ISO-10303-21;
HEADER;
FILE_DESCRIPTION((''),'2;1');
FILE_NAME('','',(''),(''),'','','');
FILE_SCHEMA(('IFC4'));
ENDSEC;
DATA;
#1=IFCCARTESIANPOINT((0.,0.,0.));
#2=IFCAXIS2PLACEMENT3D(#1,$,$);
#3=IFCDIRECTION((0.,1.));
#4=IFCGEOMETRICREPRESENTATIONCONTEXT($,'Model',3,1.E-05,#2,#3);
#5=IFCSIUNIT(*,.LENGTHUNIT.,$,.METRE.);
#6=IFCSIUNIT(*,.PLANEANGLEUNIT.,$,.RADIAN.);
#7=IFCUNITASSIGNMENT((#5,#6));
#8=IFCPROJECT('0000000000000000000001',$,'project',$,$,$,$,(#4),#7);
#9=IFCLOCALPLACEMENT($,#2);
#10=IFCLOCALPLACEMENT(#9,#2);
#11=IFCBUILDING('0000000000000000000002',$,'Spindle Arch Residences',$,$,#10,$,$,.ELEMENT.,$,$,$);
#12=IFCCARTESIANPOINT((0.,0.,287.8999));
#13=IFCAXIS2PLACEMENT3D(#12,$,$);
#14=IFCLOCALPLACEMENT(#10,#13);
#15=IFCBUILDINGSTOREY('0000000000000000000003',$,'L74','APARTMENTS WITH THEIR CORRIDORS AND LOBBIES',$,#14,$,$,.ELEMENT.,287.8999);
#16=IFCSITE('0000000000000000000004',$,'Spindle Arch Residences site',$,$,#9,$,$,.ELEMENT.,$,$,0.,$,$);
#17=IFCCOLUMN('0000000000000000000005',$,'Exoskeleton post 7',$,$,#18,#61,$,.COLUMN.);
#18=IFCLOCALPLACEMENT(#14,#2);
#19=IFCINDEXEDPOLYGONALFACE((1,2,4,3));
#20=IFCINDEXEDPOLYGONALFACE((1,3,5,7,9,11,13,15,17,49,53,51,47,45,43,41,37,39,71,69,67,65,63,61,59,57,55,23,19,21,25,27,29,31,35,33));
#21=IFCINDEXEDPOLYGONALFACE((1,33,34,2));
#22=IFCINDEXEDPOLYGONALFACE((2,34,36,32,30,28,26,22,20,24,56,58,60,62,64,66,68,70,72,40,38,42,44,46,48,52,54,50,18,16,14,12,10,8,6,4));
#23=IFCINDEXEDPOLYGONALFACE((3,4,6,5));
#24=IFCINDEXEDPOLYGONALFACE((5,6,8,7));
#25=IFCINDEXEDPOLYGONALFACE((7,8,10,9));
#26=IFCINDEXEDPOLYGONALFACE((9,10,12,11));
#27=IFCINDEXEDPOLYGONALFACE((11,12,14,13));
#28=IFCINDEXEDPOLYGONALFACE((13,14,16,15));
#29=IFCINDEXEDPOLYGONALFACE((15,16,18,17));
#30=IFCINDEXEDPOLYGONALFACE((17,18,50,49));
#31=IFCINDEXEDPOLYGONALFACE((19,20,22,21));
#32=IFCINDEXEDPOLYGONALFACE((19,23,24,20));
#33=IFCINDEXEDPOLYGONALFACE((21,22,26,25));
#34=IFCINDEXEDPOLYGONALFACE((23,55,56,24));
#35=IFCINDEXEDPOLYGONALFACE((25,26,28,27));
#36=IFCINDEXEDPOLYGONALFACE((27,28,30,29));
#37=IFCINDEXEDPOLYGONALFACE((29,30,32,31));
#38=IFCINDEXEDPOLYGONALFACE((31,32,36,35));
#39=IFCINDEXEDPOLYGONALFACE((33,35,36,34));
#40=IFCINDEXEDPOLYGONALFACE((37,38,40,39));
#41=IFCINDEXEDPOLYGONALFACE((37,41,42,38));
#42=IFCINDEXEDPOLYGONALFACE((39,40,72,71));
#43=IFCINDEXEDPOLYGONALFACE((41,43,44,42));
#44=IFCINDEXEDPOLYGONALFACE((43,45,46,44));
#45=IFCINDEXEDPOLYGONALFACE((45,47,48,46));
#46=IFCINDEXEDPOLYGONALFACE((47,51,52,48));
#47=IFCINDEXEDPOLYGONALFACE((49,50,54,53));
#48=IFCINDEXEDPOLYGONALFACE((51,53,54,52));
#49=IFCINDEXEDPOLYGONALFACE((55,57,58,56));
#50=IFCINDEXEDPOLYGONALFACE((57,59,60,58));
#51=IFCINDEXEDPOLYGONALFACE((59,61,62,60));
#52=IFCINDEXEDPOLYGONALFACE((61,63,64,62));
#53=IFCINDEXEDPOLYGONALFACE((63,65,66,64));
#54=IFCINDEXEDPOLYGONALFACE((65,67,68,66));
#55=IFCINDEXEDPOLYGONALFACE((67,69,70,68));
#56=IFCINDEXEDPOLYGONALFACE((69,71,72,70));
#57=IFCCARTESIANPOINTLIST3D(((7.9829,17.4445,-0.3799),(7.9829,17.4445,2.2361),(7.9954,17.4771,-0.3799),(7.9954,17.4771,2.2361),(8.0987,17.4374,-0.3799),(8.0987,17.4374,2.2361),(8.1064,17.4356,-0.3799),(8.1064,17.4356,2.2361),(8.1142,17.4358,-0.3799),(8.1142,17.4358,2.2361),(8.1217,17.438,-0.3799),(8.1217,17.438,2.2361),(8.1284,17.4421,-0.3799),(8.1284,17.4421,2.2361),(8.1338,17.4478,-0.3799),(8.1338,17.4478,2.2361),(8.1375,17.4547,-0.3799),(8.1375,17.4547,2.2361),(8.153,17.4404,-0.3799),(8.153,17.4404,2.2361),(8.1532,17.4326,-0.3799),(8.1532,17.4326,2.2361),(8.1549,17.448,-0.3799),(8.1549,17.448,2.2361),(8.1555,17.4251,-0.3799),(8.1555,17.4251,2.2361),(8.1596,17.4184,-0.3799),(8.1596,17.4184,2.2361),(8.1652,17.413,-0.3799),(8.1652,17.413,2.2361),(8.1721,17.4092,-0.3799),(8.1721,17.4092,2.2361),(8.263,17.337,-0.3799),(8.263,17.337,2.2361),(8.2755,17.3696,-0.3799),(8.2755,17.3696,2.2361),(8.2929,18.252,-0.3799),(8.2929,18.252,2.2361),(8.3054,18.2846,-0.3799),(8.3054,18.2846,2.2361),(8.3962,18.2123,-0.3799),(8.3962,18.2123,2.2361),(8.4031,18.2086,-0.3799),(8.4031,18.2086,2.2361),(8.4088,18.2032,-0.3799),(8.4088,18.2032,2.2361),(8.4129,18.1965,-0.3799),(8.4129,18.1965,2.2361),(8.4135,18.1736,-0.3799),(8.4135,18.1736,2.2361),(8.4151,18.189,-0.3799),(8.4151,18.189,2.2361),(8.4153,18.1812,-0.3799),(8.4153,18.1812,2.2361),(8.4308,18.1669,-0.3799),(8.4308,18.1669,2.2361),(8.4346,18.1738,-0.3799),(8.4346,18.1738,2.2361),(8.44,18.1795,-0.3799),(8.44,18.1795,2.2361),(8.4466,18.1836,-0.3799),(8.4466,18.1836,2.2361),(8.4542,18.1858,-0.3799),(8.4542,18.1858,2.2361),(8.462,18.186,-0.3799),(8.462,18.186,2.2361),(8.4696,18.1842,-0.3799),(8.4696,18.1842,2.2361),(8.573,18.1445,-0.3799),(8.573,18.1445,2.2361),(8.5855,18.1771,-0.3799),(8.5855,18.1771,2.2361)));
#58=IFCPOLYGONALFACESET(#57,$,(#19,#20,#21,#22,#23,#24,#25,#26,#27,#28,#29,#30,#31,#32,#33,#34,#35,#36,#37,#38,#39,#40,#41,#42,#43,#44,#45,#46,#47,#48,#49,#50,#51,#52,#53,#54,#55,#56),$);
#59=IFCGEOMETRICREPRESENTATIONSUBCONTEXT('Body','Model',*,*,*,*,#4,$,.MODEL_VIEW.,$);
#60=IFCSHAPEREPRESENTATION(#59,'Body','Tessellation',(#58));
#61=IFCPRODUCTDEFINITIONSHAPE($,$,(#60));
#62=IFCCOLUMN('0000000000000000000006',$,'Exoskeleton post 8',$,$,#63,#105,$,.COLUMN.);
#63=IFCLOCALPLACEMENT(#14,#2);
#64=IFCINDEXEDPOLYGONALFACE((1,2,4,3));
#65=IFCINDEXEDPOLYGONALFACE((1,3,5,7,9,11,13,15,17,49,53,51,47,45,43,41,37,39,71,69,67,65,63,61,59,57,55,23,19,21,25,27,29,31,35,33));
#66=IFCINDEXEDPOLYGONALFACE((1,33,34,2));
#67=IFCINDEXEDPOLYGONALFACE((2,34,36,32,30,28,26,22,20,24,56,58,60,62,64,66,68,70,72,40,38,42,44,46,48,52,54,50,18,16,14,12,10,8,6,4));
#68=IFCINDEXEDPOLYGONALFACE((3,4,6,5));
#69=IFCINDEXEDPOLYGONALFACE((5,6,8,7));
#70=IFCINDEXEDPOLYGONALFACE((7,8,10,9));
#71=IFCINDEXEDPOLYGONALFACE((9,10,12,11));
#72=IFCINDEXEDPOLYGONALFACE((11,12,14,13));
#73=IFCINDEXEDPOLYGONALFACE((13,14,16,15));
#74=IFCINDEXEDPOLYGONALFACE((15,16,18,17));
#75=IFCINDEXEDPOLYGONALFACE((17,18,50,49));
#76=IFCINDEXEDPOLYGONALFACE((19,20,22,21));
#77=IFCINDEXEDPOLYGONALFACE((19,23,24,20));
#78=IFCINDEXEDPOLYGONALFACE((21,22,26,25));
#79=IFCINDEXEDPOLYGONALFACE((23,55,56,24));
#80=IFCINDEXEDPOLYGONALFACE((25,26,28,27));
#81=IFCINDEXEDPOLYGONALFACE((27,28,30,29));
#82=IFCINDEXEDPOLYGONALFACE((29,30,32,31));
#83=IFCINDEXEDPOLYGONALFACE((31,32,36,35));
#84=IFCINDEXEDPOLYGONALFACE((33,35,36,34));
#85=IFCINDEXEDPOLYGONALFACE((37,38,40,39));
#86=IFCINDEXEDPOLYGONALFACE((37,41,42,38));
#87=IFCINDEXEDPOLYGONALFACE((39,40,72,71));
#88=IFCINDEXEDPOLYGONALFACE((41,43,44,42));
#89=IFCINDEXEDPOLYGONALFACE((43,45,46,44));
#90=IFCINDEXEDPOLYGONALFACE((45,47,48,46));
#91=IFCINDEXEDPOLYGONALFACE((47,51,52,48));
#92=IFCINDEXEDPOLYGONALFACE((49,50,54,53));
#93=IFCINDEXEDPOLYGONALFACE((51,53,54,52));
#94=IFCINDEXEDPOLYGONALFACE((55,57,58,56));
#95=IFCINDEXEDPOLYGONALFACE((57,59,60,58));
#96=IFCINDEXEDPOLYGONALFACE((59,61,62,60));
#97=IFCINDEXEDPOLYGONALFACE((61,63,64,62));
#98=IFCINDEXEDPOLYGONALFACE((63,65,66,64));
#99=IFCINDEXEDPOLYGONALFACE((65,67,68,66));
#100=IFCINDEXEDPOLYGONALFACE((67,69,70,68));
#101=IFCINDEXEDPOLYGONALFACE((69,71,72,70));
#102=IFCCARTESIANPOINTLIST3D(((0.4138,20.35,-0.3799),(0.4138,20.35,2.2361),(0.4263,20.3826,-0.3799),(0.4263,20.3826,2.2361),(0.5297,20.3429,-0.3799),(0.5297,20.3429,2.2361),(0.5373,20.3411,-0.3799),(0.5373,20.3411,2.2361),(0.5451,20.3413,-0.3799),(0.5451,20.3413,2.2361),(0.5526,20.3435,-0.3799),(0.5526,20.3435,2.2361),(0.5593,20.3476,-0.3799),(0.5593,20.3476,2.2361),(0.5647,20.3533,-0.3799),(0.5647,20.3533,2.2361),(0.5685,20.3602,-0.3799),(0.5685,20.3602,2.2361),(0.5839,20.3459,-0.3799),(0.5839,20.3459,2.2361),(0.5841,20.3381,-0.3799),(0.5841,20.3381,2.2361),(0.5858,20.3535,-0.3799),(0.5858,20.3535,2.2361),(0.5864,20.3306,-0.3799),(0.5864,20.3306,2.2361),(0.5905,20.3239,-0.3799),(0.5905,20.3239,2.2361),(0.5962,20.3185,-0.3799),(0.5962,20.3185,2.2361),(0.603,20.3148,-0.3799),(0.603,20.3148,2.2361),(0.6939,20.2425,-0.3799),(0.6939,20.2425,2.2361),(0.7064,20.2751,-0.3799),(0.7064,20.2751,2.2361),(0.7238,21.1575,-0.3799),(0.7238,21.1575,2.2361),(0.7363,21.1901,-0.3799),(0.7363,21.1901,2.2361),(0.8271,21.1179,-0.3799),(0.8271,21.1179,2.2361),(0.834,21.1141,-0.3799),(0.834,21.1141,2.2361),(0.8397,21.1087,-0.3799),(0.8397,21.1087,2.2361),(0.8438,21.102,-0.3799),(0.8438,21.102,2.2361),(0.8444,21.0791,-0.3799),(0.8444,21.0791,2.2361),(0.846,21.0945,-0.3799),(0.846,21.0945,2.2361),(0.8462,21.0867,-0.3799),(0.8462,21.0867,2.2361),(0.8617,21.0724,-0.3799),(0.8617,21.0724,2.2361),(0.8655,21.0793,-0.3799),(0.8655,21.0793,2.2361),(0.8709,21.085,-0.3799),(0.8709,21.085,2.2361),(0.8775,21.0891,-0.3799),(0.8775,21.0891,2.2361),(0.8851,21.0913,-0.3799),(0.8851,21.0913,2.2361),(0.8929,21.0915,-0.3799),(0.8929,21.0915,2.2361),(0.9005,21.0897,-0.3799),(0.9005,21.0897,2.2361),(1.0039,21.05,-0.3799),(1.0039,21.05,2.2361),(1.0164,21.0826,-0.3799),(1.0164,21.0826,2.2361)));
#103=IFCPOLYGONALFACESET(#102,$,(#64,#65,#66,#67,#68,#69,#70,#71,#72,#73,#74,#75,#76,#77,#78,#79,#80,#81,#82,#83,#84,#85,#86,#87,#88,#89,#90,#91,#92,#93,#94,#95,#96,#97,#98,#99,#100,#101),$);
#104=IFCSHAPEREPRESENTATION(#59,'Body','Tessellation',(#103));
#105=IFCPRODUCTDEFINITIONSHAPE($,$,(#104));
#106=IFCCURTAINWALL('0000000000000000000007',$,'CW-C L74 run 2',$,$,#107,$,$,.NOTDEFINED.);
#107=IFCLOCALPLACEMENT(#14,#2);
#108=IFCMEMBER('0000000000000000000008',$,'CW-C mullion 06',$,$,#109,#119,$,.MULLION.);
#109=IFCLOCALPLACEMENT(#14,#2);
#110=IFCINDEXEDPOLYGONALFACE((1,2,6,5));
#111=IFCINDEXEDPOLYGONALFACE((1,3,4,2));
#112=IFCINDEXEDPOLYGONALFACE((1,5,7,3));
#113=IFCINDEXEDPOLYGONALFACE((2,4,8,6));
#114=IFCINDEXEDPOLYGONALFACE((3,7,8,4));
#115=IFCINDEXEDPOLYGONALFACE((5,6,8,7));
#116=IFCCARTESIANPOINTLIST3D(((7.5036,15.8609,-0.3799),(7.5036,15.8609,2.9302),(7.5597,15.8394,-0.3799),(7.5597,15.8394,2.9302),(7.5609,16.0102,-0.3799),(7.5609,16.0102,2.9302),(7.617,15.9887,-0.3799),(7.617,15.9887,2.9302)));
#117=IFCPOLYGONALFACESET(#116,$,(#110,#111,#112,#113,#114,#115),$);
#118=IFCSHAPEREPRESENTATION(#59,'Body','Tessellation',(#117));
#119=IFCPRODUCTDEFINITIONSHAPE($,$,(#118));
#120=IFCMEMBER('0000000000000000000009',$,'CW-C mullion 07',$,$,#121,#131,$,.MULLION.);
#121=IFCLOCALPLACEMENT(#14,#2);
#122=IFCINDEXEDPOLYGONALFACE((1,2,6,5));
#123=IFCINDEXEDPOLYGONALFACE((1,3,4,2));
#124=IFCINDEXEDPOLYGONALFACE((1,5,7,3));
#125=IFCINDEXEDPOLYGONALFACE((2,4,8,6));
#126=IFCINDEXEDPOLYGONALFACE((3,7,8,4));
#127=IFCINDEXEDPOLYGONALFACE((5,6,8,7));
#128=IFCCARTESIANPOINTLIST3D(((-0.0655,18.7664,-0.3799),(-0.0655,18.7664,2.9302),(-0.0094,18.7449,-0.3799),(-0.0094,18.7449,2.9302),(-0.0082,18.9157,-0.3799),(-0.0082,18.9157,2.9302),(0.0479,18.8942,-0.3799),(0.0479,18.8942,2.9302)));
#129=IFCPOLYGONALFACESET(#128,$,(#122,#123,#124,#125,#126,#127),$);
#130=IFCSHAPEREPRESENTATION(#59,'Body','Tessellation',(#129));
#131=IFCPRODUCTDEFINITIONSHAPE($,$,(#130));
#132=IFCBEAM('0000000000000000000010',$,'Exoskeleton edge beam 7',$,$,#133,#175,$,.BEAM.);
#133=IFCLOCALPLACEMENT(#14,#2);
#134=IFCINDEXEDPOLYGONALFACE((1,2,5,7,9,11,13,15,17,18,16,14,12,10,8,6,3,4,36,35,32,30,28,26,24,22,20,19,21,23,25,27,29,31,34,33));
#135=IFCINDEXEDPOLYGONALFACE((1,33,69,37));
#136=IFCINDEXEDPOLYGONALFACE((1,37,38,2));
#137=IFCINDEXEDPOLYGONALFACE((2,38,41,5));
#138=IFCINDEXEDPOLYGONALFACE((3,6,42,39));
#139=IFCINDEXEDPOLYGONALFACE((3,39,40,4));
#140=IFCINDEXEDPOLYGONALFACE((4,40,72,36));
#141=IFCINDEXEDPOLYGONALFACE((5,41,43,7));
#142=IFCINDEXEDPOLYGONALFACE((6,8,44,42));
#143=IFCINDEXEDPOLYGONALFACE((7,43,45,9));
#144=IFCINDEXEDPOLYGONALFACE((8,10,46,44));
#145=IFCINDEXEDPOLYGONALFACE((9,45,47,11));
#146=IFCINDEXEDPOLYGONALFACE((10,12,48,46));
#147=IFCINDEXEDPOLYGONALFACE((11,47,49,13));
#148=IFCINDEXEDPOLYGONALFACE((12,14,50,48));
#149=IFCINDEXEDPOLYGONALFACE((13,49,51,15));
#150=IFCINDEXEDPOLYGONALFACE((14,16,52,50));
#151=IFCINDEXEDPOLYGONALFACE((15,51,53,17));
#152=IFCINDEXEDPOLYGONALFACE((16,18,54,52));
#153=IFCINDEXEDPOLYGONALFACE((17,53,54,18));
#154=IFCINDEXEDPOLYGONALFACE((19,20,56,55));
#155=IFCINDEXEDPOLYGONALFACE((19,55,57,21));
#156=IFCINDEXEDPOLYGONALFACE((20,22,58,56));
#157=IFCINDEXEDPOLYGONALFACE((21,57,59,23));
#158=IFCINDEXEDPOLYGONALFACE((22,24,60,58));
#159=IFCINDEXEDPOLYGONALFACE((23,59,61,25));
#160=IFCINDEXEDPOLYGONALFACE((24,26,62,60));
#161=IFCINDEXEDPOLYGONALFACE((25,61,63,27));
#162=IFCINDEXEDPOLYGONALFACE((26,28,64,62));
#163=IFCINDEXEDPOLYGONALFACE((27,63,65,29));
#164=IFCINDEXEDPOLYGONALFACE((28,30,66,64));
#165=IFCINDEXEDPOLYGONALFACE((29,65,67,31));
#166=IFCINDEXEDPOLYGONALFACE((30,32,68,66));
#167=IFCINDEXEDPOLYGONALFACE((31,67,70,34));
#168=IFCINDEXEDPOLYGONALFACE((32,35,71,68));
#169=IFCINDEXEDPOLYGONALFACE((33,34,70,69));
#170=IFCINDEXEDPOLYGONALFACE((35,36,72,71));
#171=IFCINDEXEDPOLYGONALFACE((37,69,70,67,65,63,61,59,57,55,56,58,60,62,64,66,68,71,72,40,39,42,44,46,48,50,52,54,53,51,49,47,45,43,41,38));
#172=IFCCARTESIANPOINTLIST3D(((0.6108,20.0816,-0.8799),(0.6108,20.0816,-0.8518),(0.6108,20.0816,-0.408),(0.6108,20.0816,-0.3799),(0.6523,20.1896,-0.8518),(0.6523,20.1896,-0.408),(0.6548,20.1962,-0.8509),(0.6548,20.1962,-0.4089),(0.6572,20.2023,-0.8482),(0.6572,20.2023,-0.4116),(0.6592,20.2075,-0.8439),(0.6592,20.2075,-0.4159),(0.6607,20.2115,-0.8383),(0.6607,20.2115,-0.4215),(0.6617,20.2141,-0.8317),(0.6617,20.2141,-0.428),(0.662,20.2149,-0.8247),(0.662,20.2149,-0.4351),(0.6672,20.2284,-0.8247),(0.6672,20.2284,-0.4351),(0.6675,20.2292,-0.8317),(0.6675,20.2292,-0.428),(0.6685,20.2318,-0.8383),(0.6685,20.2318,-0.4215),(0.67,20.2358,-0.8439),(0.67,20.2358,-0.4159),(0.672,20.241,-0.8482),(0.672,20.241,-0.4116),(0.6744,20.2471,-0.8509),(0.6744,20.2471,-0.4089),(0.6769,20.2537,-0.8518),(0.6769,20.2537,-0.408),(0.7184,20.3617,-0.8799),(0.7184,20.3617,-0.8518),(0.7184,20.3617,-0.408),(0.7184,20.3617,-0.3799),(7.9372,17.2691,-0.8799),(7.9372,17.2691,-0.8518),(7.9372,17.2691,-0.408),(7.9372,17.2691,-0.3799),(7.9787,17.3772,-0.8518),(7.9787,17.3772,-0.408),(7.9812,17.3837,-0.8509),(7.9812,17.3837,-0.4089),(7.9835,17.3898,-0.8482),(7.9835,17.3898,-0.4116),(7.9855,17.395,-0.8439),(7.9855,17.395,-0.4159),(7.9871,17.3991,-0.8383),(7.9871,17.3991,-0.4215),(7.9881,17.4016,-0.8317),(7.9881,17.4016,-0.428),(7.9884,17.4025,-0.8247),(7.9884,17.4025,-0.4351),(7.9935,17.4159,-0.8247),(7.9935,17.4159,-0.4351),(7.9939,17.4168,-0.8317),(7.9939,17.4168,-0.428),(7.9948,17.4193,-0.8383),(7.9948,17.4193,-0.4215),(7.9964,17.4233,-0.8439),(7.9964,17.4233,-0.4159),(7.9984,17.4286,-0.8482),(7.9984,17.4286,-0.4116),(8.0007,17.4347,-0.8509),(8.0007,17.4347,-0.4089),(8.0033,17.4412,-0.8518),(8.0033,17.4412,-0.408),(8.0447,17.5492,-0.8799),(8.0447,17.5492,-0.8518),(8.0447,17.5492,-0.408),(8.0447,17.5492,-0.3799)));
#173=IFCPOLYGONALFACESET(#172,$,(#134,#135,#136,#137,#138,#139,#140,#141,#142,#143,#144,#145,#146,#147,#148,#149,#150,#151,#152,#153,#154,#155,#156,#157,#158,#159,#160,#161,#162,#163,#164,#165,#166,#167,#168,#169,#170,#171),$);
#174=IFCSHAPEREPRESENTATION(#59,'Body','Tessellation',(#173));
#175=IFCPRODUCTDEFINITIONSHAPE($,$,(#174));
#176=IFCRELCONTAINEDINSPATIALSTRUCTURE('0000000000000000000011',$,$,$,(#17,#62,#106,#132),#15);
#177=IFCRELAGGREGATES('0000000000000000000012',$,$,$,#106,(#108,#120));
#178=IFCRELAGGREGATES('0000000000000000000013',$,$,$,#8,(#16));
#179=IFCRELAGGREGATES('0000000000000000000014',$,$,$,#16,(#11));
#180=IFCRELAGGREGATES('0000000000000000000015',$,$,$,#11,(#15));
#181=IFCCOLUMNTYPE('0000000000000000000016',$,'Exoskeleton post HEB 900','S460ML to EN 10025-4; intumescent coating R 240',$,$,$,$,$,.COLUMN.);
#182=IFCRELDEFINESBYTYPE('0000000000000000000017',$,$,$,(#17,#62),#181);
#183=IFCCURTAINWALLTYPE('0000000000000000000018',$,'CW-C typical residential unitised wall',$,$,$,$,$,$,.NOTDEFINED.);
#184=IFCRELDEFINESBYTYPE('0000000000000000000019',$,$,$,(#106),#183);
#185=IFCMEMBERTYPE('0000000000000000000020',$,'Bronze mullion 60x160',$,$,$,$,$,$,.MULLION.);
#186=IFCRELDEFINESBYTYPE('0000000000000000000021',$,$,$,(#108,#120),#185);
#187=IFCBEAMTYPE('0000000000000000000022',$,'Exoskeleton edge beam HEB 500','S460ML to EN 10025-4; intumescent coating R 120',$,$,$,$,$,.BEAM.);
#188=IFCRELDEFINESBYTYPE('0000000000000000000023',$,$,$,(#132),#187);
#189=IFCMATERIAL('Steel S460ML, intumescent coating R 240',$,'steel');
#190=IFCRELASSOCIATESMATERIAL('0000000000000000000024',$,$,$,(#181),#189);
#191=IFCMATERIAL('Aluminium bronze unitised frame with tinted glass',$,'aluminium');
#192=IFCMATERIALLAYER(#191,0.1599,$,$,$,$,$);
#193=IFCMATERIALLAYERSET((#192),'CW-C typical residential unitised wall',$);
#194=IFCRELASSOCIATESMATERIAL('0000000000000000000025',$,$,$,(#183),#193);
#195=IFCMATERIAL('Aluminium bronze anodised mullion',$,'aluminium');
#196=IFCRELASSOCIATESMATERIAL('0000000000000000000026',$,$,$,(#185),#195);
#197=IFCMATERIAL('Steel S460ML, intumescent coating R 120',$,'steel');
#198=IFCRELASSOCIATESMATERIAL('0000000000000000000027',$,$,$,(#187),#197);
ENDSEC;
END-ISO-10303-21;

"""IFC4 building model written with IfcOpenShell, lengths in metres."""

from ifc_helpers import new_model, si_unit, direction, frame, origin, origin_2d, place, context, subcontext, project, spatial, rectangle, i_section, extrude, material, layer, layer_set, material_profile, profile_set, type_object, element, aggregate, save


model = new_model("IFC4")

# Units and contexts
model_context = context("Model", 3, precision=1e-05, world=origin(), true_north=direction((0.0, 1.0)))
body_context = subcontext(model_context, "Body", "Model", "MODEL_VIEW")
ifc_project = project(units=[si_unit("LENGTHUNIT", "METRE"), si_unit("PLANEANGLEUNIT", "RADIAN")], contexts=[model_context])

# Site, building, storey
site_placement = place(None, origin())
site = spatial("IfcSite", under=ifc_project, at=site_placement, Name="Spindle Arch Residences site", CompositionType="ELEMENT", RefElevation=0.0)
building_placement = place(site_placement, origin())
building = spatial("IfcBuilding", under=site, at=building_placement, Name="Spindle Arch Residences", CompositionType="ELEMENT")
storey_placement = place(building_placement, frame((0.0, 0.0, 287.8999)))
storey = spatial("IfcBuildingStorey", under=building, at=storey_placement, Name="L74", Description="APARTMENTS WITH THEIR CORRIDORS AND LOBBIES", CompositionType="ELEMENT", Elevation=287.8999)

# Columns
ifc_material_1 = material(Name="Steel S460ML, intumescent coating R 240", Category="steel")
ifc_material_profile_1 = material_profile(ifc_material_1, i_section(OverallWidth=0.3, OverallDepth=0.8999, WebThickness=0.0186, FlangeThickness=0.0349, FilletRadius=0.03, at=origin_2d()), Name="HEB 900")
ifc_profile_set_1 = profile_set([ifc_material_profile_1], Name="Steel S460ML, intumescent coating R 240")
column_type = type_object("IfcColumnType", Name="Exoskeleton post HEB 900", Description="S460ML to EN 10025-4; intumescent coating R 240", PredefinedType="COLUMN", material=ifc_profile_set_1)
for number, where, z_axis, x_axis, name in (
    (1, (8.2842, 17.8108, -0.3799), (0.0, 0.0, 1.0), (0.93358, -0.358368, 0.0), "Exoskeleton post 7"),
    (2, (0.7151, 20.7163, -0.3799), (0.0, 0.0, 1.0), (0.93358, -0.358368, 0.0), "Exoskeleton post 8"),
):
    element("IfcColumn", number, at=place(storey_placement, frame(where, z_axis=z_axis, x_axis=x_axis)), inside=storey, type_object=column_type, Name=name, PredefinedType="COLUMN", context=body_context, shape_type="SweptSolid", body=[
        extrude(i_section(OverallWidth=0.3, OverallDepth=0.8999, WebThickness=0.0186, FlangeThickness=0.0349, FilletRadius=0.03, at=origin_2d()), origin(), (0.0, 0.0, 1.0), 2.616),
    ])

# Curtain wall, members
ifc_material_2 = material(Name="Aluminium bronze unitised frame with tinted glass", Category="aluminium")
ifc_layer_1 = layer(ifc_material_2, 0.1599)
ifc_layer_set_1 = layer_set([ifc_layer_1], Name="CW-C typical residential unitised wall")
curtain_wall_type = type_object("IfcCurtainWallType", Name="CW-C typical residential unitised wall", PredefinedType="NOTDEFINED", material=ifc_layer_set_1)
curtain_wall_placement = place(storey_placement, origin())
curtain_wall = element("IfcCurtainWall", 3, at=curtain_wall_placement, inside=storey, type_object=curtain_wall_type, Name="CW-C L74 run 2", PredefinedType="NOTDEFINED")
ifc_material_3 = material(Name="Aluminium bronze anodised mullion", Category="aluminium")
ifc_material_profile_2 = material_profile(ifc_material_3, rectangle(XDim=0.1599, YDim=0.0601, at=origin_2d()), Name="MU 60x160")
ifc_profile_set_2 = profile_set([ifc_material_profile_2], Name="Aluminium bronze anodised mullion")
member_type = type_object("IfcMemberType", Name="Bronze mullion 60x160", PredefinedType="MULLION", material=ifc_profile_set_2)
member_1_placement = place(storey_placement, frame((7.5603, 15.9248, -0.3799), z_axis=(0.0, 0.0, 1.0), x_axis=(-0.358368, -0.93358, 0.0)))
member_1 = element("IfcMember", 4, at=member_1_placement, type_object=member_type, Name="CW-C mullion 06", PredefinedType="MULLION", context=body_context, shape_type="SweptSolid", body=[
    extrude(rectangle(XDim=0.1599, YDim=0.0601, at=origin_2d()), origin(), (0.0, 0.0, 1.0), 3.3101),
])
member_2_placement = place(storey_placement, frame((-0.0088, 18.8303, -0.3799), z_axis=(0.0, 0.0, 1.0), x_axis=(-0.358368, -0.93358, 0.0)))
member_2 = element("IfcMember", 5, at=member_2_placement, type_object=member_type, Name="CW-C mullion 07", PredefinedType="MULLION", context=body_context, shape_type="SweptSolid", body=[
    extrude(rectangle(XDim=0.1599, YDim=0.0601, at=origin_2d()), origin(), (0.0, 0.0, 1.0), 3.3101),
])

# Beam
ifc_material_4 = material(Name="Steel S460ML, intumescent coating R 120", Category="steel")
ifc_material_profile_3 = material_profile(ifc_material_4, i_section(OverallWidth=0.3, OverallDepth=0.5, WebThickness=0.0144, FlangeThickness=0.0281, FilletRadius=0.0271, at=origin_2d()), Name="HEB 500")
ifc_profile_set_3 = profile_set([ifc_material_profile_3], Name="Steel S460ML, intumescent coating R 120")
beam_type_1 = type_object("IfcBeamType", Name="Exoskeleton edge beam HEB 500", Description="S460ML to EN 10025-4; intumescent coating R 120", PredefinedType="BEAM", material=ifc_profile_set_3)
for number, where, z_axis, x_axis, name in (
    (6, (7.991, 17.4092, -0.6299), (-0.933574, 0.358385, 0.0), (-0.358385, -0.933574, 0.0), "Exoskeleton edge beam 7"),
):
    element("IfcBeam", number, at=place(storey_placement, frame(where, z_axis=z_axis, x_axis=x_axis)), inside=storey, type_object=beam_type_1, Name=name, PredefinedType="BEAM", context=body_context, shape_type="SweptSolid", body=[
        extrude(i_section(OverallWidth=0.3, OverallDepth=0.5, WebThickness=0.0144, FlangeThickness=0.0281, FilletRadius=0.0271, at=origin_2d()), origin(), (0.0, 0.0, 1.0), 7.8477),
    ])

aggregate(curtain_wall, [member_1, member_2])

save(model, "model.ifc")
